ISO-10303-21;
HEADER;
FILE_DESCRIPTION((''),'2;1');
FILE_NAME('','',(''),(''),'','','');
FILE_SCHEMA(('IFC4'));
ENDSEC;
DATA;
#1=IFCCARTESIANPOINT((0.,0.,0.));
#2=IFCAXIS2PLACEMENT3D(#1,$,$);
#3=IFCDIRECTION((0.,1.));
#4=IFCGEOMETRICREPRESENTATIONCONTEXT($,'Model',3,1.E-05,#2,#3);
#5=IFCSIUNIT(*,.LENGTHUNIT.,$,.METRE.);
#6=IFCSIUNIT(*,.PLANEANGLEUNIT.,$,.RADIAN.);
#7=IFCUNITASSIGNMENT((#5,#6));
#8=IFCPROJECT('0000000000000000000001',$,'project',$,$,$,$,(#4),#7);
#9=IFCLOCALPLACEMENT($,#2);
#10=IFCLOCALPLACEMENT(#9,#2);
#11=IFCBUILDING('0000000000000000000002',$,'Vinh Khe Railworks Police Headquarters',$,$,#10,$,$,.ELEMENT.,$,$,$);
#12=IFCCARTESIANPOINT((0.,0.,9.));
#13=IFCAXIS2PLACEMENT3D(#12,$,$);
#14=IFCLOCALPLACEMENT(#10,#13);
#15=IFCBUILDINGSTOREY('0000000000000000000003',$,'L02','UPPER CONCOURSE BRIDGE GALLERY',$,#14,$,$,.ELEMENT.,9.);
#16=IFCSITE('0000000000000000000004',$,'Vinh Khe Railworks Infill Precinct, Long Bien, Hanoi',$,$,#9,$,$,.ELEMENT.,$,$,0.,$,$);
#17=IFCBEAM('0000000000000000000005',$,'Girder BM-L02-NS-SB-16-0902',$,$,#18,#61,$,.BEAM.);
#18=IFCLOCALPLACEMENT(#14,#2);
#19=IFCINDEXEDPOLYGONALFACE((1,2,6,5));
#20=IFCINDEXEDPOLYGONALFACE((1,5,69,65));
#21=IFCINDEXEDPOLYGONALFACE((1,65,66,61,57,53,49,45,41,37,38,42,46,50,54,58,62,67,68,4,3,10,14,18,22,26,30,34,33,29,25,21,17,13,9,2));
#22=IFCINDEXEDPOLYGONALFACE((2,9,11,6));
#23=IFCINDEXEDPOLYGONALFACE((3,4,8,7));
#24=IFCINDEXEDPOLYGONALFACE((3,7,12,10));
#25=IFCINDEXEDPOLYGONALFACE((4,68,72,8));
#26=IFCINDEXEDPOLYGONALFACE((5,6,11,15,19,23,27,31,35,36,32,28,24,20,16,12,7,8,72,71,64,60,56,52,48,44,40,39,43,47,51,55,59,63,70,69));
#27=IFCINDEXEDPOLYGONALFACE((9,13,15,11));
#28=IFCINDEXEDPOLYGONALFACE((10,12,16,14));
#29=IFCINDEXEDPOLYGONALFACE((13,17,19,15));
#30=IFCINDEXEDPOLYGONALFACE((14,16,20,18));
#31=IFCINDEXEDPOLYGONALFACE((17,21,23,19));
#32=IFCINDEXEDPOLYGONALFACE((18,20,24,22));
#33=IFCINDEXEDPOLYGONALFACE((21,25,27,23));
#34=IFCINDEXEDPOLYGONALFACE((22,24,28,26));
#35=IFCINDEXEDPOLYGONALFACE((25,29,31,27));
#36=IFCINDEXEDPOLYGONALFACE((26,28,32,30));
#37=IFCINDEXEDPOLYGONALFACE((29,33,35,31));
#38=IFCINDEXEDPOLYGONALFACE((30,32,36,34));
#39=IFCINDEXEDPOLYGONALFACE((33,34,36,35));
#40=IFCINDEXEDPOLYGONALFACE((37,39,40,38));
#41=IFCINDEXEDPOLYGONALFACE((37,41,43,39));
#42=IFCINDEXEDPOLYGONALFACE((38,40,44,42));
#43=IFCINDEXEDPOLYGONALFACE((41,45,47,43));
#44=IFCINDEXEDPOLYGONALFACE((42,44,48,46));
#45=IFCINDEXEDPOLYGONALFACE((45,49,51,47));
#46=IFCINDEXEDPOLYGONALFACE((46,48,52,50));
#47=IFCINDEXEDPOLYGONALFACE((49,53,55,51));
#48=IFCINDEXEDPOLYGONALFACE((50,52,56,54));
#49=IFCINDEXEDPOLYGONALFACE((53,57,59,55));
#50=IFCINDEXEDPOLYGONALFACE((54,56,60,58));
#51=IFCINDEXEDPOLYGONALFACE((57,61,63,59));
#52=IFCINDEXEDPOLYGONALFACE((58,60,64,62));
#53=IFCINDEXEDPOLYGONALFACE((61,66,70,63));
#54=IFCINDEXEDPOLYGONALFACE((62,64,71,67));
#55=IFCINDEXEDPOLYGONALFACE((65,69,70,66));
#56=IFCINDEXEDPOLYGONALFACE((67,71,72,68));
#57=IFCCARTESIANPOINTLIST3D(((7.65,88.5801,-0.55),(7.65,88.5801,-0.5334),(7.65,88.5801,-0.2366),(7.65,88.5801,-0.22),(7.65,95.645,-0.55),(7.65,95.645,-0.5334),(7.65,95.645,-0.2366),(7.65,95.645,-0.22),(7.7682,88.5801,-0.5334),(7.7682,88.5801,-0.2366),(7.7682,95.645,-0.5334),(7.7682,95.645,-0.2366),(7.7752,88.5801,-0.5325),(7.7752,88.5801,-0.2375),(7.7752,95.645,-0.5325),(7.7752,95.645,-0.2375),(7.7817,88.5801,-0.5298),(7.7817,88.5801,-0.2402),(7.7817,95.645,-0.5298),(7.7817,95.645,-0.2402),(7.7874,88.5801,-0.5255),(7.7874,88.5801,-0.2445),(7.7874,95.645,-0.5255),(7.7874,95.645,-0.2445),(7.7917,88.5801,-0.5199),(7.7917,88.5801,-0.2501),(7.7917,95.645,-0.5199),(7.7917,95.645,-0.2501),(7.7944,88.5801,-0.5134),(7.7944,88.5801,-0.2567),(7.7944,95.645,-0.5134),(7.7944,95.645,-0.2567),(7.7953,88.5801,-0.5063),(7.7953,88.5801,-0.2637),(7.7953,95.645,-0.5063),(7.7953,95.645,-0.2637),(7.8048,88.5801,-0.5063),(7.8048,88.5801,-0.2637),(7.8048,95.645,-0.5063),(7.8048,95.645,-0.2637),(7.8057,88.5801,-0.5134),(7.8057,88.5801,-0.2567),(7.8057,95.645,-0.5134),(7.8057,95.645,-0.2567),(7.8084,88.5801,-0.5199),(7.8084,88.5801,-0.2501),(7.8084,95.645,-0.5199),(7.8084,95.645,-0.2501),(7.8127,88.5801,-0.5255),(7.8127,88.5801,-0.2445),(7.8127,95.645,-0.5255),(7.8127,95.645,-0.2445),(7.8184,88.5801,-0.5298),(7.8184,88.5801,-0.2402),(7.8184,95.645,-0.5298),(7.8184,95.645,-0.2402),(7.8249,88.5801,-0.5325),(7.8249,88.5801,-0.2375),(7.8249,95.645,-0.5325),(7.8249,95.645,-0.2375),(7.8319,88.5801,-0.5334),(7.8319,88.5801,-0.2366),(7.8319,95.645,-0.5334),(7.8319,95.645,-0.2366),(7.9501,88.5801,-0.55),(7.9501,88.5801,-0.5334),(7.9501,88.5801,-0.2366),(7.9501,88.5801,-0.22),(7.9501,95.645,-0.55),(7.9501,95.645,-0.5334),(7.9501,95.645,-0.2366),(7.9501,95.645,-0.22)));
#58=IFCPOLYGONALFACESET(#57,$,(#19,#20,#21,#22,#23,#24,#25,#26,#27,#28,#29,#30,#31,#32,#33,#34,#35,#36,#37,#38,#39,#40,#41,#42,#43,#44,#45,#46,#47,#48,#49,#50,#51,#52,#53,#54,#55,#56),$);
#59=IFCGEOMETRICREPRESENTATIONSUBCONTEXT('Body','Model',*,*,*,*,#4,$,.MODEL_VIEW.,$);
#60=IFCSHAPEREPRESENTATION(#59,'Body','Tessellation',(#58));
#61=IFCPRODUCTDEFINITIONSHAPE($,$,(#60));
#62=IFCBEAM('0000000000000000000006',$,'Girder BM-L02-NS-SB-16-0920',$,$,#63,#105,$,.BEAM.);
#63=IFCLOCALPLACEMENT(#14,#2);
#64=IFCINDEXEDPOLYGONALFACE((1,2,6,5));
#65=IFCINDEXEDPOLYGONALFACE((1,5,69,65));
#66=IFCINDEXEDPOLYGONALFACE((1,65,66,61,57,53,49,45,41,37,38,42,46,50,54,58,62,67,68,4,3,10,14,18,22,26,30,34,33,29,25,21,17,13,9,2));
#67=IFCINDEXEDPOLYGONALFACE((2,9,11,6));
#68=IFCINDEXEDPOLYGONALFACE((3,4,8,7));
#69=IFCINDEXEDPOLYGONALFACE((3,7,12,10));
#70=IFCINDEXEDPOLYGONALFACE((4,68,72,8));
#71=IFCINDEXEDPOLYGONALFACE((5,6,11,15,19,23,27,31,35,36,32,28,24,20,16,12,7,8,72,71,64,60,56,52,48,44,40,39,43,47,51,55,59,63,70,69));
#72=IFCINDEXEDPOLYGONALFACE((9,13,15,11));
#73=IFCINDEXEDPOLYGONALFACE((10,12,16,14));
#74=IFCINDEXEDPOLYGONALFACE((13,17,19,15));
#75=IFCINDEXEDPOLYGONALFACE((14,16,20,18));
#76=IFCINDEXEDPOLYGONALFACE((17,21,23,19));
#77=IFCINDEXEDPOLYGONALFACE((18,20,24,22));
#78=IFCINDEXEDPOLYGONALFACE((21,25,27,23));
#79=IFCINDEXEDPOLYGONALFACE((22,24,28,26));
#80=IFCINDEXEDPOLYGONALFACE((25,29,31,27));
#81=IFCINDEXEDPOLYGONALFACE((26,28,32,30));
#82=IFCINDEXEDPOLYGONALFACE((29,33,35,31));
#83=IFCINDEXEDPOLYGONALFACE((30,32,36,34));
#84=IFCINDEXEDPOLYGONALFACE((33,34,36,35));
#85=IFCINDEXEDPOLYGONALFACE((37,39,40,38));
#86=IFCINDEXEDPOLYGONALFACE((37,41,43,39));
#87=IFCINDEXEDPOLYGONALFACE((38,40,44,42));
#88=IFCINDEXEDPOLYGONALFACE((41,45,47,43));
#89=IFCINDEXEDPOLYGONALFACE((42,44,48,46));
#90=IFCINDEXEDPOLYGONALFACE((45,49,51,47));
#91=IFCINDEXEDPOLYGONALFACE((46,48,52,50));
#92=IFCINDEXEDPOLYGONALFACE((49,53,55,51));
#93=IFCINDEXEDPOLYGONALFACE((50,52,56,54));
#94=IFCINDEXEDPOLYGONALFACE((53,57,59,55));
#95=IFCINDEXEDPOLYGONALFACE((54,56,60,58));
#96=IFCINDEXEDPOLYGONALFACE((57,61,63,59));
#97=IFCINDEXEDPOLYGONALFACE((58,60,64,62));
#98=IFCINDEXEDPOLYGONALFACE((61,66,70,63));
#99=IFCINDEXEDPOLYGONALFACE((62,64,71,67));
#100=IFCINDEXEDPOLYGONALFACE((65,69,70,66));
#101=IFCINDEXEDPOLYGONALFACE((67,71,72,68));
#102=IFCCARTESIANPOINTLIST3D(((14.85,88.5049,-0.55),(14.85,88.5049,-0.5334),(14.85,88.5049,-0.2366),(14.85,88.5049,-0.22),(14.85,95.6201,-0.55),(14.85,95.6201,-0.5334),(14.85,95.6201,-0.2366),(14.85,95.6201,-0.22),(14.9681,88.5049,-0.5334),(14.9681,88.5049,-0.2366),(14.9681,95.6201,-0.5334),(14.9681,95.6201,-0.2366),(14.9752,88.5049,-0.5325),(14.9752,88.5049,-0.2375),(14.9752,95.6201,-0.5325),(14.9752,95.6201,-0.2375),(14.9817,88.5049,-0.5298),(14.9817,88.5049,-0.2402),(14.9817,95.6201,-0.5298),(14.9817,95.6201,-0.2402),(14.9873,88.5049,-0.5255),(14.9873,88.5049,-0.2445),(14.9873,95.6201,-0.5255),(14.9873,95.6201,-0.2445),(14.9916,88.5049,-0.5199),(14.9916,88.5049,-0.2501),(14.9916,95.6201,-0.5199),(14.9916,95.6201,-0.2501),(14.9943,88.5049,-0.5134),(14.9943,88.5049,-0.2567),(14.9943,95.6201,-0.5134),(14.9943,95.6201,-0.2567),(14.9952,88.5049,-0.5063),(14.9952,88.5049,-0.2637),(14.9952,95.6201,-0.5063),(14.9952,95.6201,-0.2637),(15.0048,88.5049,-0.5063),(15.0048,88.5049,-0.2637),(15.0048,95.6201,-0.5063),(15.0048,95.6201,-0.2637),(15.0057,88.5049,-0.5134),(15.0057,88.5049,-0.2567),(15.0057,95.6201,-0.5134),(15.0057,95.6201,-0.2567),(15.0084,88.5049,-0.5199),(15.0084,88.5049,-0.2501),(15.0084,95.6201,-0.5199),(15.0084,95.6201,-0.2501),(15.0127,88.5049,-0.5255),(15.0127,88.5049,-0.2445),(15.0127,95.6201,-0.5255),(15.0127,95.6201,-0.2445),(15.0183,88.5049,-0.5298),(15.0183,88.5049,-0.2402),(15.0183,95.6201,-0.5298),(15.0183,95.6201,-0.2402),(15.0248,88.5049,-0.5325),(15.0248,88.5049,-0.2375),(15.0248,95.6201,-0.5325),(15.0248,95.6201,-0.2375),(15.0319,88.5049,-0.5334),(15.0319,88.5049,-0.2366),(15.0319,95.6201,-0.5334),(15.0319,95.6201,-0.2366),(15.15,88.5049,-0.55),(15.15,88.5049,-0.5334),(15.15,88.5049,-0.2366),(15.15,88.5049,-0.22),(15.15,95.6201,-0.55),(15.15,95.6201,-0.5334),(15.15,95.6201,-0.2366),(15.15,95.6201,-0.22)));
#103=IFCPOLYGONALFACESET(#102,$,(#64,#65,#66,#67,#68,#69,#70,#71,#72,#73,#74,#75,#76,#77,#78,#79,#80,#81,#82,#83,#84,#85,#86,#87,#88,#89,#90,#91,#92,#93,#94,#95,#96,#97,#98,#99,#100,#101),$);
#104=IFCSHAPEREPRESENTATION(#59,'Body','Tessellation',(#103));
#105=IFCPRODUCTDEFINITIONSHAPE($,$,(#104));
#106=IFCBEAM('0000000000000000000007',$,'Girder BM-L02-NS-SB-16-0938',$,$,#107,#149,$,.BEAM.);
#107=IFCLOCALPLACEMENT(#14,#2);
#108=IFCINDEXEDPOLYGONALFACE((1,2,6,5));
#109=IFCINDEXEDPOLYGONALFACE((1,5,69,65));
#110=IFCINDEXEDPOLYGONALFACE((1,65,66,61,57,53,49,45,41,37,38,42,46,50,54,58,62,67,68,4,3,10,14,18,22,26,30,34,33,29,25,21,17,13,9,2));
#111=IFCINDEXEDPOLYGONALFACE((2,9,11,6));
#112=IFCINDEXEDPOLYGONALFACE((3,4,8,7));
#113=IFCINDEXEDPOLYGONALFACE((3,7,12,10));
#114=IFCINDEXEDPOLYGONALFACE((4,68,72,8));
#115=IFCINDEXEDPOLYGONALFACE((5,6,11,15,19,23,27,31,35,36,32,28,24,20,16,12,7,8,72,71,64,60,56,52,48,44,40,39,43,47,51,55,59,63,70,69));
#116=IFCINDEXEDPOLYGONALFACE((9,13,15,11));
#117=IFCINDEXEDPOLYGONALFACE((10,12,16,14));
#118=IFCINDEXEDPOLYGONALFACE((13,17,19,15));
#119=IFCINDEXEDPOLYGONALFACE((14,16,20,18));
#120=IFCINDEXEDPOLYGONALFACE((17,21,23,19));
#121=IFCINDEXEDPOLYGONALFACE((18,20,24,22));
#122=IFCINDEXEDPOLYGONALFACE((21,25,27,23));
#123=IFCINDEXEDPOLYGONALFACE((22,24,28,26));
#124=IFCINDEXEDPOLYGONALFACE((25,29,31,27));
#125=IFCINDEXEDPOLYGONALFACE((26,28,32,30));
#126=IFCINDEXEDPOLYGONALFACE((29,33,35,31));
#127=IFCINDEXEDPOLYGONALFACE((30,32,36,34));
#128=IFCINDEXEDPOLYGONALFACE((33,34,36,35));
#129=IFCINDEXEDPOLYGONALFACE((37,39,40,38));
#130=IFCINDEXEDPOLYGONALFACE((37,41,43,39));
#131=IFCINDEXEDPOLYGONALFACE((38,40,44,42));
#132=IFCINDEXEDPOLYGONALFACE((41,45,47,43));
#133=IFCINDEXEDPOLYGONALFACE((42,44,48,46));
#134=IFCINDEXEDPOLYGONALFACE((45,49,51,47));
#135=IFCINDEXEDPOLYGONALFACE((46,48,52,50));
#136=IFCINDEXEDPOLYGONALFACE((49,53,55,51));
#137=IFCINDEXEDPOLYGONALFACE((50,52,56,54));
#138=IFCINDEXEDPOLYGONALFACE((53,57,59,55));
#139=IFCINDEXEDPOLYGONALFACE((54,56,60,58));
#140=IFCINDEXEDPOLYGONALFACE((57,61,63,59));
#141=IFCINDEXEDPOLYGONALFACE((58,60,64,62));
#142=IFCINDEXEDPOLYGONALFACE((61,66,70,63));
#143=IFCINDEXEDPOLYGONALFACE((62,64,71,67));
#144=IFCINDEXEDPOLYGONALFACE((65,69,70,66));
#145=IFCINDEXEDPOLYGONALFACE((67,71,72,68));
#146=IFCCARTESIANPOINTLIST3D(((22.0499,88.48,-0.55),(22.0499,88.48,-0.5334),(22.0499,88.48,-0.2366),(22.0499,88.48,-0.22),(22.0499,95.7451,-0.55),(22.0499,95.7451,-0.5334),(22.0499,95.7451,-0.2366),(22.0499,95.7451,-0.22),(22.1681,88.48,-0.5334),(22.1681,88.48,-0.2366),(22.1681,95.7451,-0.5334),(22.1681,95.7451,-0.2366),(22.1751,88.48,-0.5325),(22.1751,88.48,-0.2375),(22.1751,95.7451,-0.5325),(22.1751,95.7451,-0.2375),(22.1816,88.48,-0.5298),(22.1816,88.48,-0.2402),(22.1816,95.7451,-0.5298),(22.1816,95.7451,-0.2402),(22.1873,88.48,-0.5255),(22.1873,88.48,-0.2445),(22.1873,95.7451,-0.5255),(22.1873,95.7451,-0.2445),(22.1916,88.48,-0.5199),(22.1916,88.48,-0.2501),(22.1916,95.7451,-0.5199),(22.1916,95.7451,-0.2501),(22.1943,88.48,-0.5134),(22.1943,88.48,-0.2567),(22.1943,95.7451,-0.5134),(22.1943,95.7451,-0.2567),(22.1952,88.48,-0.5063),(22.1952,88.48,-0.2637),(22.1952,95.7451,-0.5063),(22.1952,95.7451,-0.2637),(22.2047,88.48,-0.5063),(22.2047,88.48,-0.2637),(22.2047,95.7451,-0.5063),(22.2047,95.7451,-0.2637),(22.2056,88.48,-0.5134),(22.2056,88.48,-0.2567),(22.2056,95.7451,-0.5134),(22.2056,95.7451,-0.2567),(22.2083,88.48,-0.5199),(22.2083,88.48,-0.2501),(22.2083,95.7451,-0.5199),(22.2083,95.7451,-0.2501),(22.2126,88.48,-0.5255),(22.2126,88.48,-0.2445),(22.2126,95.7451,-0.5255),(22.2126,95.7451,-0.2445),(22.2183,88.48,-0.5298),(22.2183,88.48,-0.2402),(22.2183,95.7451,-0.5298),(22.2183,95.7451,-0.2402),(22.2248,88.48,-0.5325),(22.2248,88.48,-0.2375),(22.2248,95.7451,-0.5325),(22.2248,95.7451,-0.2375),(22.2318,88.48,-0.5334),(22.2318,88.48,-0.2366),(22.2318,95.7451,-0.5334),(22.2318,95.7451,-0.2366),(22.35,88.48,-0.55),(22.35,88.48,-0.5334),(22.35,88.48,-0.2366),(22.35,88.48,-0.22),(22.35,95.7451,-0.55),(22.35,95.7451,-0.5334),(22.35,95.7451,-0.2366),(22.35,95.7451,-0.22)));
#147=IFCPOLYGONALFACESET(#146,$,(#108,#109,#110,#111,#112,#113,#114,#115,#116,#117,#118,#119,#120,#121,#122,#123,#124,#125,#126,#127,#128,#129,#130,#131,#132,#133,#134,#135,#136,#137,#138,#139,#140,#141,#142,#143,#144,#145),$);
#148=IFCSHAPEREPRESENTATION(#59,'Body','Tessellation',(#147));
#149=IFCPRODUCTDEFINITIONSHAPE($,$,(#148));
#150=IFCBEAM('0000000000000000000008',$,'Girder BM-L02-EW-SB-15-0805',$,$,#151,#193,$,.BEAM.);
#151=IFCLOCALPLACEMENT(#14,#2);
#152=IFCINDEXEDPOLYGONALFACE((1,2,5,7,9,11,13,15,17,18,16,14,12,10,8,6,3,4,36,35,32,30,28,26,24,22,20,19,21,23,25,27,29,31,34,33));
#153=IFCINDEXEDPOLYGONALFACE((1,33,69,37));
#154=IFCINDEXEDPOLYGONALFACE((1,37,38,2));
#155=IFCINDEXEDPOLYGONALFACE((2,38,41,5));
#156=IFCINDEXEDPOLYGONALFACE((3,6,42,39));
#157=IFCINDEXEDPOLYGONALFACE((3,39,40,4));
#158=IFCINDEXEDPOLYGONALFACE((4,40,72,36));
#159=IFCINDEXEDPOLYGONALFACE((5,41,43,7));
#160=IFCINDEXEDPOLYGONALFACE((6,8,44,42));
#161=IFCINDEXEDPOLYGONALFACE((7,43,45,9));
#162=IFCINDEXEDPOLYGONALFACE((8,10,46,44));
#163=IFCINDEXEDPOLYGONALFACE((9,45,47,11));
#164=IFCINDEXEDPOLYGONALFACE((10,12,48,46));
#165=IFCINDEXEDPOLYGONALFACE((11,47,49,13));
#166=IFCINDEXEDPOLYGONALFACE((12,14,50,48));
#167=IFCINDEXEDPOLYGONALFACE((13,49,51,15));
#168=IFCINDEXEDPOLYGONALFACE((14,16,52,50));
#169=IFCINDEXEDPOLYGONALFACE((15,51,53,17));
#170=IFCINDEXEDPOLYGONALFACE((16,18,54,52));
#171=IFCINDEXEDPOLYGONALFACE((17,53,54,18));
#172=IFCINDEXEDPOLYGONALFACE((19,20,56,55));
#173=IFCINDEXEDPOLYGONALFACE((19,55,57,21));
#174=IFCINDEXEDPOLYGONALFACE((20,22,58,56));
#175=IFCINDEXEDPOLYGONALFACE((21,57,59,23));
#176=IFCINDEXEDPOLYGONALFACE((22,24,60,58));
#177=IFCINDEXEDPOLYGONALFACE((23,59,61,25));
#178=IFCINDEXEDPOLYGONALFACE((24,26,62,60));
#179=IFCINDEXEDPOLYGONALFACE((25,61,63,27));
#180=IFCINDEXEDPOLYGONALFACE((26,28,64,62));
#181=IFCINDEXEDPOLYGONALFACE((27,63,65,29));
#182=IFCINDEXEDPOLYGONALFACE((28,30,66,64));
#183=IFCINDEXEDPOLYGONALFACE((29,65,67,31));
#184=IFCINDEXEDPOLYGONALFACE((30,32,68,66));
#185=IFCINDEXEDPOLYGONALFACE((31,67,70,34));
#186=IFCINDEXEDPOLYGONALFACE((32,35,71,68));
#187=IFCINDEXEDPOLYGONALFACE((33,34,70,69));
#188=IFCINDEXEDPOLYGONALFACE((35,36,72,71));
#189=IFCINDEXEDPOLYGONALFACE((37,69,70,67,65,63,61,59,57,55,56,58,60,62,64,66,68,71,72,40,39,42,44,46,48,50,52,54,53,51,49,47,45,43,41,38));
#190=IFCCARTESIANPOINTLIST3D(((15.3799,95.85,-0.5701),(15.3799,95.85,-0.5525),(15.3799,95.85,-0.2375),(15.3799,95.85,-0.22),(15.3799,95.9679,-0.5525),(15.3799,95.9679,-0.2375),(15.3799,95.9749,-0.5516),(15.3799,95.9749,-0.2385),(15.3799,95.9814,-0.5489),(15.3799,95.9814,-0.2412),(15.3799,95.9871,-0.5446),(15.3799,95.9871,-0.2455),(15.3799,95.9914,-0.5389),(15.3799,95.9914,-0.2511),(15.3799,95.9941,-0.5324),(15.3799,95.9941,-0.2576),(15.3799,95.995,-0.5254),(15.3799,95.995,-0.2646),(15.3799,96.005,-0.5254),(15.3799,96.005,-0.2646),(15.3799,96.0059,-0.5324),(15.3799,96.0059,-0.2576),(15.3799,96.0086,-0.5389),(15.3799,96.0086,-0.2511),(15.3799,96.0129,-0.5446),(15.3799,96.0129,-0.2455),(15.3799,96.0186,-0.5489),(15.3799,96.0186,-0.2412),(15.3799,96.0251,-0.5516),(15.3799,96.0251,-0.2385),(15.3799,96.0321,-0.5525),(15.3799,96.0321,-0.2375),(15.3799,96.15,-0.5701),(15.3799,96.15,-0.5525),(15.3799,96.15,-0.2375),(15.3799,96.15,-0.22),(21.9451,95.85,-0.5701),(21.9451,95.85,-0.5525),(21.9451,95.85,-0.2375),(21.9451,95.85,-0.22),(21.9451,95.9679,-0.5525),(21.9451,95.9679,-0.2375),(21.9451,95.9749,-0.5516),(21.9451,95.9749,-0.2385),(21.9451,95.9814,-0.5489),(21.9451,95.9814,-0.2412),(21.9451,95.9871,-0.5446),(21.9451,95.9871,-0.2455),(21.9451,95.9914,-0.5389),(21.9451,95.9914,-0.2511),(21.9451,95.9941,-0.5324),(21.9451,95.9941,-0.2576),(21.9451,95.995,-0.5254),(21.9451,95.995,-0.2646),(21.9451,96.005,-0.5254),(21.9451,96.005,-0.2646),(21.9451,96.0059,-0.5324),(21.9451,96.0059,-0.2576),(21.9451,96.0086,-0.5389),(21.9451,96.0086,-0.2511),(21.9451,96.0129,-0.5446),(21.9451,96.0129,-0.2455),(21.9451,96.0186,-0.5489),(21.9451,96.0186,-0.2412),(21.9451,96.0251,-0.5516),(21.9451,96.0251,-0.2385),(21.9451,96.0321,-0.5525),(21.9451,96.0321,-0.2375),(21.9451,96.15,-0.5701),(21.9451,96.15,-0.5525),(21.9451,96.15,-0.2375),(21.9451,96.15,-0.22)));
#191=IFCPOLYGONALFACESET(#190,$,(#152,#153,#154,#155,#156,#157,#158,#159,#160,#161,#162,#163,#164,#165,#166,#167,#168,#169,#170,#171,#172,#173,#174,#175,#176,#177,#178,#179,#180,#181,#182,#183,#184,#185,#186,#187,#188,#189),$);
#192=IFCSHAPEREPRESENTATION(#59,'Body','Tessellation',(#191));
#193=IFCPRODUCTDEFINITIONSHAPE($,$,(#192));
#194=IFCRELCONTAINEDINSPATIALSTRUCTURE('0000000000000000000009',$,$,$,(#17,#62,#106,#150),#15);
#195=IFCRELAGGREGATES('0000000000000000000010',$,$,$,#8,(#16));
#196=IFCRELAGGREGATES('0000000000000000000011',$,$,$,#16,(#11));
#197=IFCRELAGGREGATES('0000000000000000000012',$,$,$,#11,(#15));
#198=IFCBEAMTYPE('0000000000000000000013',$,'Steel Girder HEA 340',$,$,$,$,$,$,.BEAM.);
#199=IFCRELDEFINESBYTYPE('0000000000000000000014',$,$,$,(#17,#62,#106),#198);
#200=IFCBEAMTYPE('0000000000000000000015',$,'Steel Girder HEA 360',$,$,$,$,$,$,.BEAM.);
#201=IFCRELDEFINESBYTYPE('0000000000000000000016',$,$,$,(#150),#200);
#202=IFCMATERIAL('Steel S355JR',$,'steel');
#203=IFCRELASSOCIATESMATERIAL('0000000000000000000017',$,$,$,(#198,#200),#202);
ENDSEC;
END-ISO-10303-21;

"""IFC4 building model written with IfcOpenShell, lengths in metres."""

from ifc_helpers import new_model, si_unit, direction, frame, origin, origin_2d, place, context, subcontext, project, spatial, i_section, extrude, material, material_profile, profile_set, type_object, element, save


model = new_model("IFC4")

# Units and contexts
model_context = context("Model", 3, precision=1e-05, world=origin(), true_north=direction((0.0, 1.0)))
body_context = subcontext(model_context, "Body", "Model", "MODEL_VIEW")
ifc_project = project(units=[si_unit("LENGTHUNIT", "METRE"), si_unit("PLANEANGLEUNIT", "RADIAN")], contexts=[model_context])

# Site, building, storey
site_placement = place(None, origin())
site = spatial("IfcSite", under=ifc_project, at=site_placement, Name="Vinh Khe Railworks Infill Precinct, Long Bien, Hanoi", CompositionType="ELEMENT", RefElevation=0.0)
building_placement = place(site_placement, origin())
building = spatial("IfcBuilding", under=site, at=building_placement, Name="Vinh Khe Railworks Police Headquarters", CompositionType="ELEMENT")
storey_placement = place(building_placement, frame((0.0, 0.0, 9.0)))
storey = spatial("IfcBuildingStorey", under=building, at=storey_placement, Name="L02", Description="UPPER CONCOURSE BRIDGE GALLERY", CompositionType="ELEMENT", Elevation=9.0)

# Shared definitions
ifc_material_1 = material(Name="Steel S355JR", Category="steel")

# Beams
ifc_material_profile_1 = material_profile(ifc_material_1, i_section(OverallWidth=0.3, OverallDepth=0.3301, WebThickness=0.0095, FlangeThickness=0.0166, FilletRadius=0.0271, at=origin_2d()), Name="HEA 340")
ifc_profile_set_1 = profile_set([ifc_material_profile_1], Name="Steel S355JR")
beam_type_1 = type_object("IfcBeamType", Name="Steel Girder HEA 340", PredefinedType="BEAM", material=ifc_profile_set_1)
beam_1_placement = place(storey_placement, frame((7.8, 88.5801, -0.385), z_axis=(0.0, 1.0, 0.0), x_axis=(-1.0, 0.0, 0.0)))
element("IfcBeam", 1, at=beam_1_placement, inside=storey, type_object=beam_type_1, Name="Girder BM-L02-NS-SB-16-0902", PredefinedType="BEAM", context=body_context, shape_type="SweptSolid", body=[
    extrude(i_section(OverallWidth=0.3, OverallDepth=0.3301, WebThickness=0.0095, FlangeThickness=0.0166, FilletRadius=0.0271, at=origin_2d()), origin(), (0.0, 0.0, 1.0), 7.0649),
])
beam_2_placement = place(storey_placement, frame((15.0, 88.5049, -0.385), z_axis=(0.0, 1.0, 0.0), x_axis=(-1.0, 0.0, 0.0)))
element("IfcBeam", 2, at=beam_2_placement, inside=storey, type_object=beam_type_1, Name="Girder BM-L02-NS-SB-16-0920", PredefinedType="BEAM", context=body_context, shape_type="SweptSolid", body=[
    extrude(i_section(OverallWidth=0.3, OverallDepth=0.3301, WebThickness=0.0095, FlangeThickness=0.0166, FilletRadius=0.0271, at=origin_2d()), origin(), (0.0, 0.0, 1.0), 7.1152),
])
beam_3_placement = place(storey_placement, frame((22.2, 88.48, -0.385), z_axis=(0.0, 1.0, 0.0), x_axis=(-1.0, 0.0, 0.0)))
element("IfcBeam", 3, at=beam_3_placement, inside=storey, type_object=beam_type_1, Name="Girder BM-L02-NS-SB-16-0938", PredefinedType="BEAM", context=body_context, shape_type="SweptSolid", body=[
    extrude(i_section(OverallWidth=0.3, OverallDepth=0.3301, WebThickness=0.0095, FlangeThickness=0.0166, FilletRadius=0.0271, at=origin_2d()), origin(), (0.0, 0.0, 1.0), 7.2651),
])
ifc_material_profile_2 = material_profile(ifc_material_1, i_section(OverallWidth=0.3, OverallDepth=0.3501, WebThickness=0.01, FlangeThickness=0.0176, FilletRadius=0.0271, at=origin_2d()), Name="HEA 360")
ifc_profile_set_2 = profile_set([ifc_material_profile_2], Name="Steel S355JR")
beam_type_2 = type_object("IfcBeamType", Name="Steel Girder HEA 360", PredefinedType="BEAM", material=ifc_profile_set_2)
beam_4_placement = place(storey_placement, frame((15.3799, 96.0, -0.395), z_axis=(1.0, 0.0, 0.0), x_axis=(0.0, 1.0, 0.0)))
element("IfcBeam", 4, at=beam_4_placement, inside=storey, type_object=beam_type_2, Name="Girder BM-L02-EW-SB-15-0805", PredefinedType="BEAM", context=body_context, shape_type="SweptSolid", body=[
    extrude(i_section(OverallWidth=0.3, OverallDepth=0.3501, WebThickness=0.01, FlangeThickness=0.0176, FilletRadius=0.0271, at=origin_2d()), origin(), (0.0, 0.0, 1.0), 6.5652),
])

save(model, "model.ifc")
